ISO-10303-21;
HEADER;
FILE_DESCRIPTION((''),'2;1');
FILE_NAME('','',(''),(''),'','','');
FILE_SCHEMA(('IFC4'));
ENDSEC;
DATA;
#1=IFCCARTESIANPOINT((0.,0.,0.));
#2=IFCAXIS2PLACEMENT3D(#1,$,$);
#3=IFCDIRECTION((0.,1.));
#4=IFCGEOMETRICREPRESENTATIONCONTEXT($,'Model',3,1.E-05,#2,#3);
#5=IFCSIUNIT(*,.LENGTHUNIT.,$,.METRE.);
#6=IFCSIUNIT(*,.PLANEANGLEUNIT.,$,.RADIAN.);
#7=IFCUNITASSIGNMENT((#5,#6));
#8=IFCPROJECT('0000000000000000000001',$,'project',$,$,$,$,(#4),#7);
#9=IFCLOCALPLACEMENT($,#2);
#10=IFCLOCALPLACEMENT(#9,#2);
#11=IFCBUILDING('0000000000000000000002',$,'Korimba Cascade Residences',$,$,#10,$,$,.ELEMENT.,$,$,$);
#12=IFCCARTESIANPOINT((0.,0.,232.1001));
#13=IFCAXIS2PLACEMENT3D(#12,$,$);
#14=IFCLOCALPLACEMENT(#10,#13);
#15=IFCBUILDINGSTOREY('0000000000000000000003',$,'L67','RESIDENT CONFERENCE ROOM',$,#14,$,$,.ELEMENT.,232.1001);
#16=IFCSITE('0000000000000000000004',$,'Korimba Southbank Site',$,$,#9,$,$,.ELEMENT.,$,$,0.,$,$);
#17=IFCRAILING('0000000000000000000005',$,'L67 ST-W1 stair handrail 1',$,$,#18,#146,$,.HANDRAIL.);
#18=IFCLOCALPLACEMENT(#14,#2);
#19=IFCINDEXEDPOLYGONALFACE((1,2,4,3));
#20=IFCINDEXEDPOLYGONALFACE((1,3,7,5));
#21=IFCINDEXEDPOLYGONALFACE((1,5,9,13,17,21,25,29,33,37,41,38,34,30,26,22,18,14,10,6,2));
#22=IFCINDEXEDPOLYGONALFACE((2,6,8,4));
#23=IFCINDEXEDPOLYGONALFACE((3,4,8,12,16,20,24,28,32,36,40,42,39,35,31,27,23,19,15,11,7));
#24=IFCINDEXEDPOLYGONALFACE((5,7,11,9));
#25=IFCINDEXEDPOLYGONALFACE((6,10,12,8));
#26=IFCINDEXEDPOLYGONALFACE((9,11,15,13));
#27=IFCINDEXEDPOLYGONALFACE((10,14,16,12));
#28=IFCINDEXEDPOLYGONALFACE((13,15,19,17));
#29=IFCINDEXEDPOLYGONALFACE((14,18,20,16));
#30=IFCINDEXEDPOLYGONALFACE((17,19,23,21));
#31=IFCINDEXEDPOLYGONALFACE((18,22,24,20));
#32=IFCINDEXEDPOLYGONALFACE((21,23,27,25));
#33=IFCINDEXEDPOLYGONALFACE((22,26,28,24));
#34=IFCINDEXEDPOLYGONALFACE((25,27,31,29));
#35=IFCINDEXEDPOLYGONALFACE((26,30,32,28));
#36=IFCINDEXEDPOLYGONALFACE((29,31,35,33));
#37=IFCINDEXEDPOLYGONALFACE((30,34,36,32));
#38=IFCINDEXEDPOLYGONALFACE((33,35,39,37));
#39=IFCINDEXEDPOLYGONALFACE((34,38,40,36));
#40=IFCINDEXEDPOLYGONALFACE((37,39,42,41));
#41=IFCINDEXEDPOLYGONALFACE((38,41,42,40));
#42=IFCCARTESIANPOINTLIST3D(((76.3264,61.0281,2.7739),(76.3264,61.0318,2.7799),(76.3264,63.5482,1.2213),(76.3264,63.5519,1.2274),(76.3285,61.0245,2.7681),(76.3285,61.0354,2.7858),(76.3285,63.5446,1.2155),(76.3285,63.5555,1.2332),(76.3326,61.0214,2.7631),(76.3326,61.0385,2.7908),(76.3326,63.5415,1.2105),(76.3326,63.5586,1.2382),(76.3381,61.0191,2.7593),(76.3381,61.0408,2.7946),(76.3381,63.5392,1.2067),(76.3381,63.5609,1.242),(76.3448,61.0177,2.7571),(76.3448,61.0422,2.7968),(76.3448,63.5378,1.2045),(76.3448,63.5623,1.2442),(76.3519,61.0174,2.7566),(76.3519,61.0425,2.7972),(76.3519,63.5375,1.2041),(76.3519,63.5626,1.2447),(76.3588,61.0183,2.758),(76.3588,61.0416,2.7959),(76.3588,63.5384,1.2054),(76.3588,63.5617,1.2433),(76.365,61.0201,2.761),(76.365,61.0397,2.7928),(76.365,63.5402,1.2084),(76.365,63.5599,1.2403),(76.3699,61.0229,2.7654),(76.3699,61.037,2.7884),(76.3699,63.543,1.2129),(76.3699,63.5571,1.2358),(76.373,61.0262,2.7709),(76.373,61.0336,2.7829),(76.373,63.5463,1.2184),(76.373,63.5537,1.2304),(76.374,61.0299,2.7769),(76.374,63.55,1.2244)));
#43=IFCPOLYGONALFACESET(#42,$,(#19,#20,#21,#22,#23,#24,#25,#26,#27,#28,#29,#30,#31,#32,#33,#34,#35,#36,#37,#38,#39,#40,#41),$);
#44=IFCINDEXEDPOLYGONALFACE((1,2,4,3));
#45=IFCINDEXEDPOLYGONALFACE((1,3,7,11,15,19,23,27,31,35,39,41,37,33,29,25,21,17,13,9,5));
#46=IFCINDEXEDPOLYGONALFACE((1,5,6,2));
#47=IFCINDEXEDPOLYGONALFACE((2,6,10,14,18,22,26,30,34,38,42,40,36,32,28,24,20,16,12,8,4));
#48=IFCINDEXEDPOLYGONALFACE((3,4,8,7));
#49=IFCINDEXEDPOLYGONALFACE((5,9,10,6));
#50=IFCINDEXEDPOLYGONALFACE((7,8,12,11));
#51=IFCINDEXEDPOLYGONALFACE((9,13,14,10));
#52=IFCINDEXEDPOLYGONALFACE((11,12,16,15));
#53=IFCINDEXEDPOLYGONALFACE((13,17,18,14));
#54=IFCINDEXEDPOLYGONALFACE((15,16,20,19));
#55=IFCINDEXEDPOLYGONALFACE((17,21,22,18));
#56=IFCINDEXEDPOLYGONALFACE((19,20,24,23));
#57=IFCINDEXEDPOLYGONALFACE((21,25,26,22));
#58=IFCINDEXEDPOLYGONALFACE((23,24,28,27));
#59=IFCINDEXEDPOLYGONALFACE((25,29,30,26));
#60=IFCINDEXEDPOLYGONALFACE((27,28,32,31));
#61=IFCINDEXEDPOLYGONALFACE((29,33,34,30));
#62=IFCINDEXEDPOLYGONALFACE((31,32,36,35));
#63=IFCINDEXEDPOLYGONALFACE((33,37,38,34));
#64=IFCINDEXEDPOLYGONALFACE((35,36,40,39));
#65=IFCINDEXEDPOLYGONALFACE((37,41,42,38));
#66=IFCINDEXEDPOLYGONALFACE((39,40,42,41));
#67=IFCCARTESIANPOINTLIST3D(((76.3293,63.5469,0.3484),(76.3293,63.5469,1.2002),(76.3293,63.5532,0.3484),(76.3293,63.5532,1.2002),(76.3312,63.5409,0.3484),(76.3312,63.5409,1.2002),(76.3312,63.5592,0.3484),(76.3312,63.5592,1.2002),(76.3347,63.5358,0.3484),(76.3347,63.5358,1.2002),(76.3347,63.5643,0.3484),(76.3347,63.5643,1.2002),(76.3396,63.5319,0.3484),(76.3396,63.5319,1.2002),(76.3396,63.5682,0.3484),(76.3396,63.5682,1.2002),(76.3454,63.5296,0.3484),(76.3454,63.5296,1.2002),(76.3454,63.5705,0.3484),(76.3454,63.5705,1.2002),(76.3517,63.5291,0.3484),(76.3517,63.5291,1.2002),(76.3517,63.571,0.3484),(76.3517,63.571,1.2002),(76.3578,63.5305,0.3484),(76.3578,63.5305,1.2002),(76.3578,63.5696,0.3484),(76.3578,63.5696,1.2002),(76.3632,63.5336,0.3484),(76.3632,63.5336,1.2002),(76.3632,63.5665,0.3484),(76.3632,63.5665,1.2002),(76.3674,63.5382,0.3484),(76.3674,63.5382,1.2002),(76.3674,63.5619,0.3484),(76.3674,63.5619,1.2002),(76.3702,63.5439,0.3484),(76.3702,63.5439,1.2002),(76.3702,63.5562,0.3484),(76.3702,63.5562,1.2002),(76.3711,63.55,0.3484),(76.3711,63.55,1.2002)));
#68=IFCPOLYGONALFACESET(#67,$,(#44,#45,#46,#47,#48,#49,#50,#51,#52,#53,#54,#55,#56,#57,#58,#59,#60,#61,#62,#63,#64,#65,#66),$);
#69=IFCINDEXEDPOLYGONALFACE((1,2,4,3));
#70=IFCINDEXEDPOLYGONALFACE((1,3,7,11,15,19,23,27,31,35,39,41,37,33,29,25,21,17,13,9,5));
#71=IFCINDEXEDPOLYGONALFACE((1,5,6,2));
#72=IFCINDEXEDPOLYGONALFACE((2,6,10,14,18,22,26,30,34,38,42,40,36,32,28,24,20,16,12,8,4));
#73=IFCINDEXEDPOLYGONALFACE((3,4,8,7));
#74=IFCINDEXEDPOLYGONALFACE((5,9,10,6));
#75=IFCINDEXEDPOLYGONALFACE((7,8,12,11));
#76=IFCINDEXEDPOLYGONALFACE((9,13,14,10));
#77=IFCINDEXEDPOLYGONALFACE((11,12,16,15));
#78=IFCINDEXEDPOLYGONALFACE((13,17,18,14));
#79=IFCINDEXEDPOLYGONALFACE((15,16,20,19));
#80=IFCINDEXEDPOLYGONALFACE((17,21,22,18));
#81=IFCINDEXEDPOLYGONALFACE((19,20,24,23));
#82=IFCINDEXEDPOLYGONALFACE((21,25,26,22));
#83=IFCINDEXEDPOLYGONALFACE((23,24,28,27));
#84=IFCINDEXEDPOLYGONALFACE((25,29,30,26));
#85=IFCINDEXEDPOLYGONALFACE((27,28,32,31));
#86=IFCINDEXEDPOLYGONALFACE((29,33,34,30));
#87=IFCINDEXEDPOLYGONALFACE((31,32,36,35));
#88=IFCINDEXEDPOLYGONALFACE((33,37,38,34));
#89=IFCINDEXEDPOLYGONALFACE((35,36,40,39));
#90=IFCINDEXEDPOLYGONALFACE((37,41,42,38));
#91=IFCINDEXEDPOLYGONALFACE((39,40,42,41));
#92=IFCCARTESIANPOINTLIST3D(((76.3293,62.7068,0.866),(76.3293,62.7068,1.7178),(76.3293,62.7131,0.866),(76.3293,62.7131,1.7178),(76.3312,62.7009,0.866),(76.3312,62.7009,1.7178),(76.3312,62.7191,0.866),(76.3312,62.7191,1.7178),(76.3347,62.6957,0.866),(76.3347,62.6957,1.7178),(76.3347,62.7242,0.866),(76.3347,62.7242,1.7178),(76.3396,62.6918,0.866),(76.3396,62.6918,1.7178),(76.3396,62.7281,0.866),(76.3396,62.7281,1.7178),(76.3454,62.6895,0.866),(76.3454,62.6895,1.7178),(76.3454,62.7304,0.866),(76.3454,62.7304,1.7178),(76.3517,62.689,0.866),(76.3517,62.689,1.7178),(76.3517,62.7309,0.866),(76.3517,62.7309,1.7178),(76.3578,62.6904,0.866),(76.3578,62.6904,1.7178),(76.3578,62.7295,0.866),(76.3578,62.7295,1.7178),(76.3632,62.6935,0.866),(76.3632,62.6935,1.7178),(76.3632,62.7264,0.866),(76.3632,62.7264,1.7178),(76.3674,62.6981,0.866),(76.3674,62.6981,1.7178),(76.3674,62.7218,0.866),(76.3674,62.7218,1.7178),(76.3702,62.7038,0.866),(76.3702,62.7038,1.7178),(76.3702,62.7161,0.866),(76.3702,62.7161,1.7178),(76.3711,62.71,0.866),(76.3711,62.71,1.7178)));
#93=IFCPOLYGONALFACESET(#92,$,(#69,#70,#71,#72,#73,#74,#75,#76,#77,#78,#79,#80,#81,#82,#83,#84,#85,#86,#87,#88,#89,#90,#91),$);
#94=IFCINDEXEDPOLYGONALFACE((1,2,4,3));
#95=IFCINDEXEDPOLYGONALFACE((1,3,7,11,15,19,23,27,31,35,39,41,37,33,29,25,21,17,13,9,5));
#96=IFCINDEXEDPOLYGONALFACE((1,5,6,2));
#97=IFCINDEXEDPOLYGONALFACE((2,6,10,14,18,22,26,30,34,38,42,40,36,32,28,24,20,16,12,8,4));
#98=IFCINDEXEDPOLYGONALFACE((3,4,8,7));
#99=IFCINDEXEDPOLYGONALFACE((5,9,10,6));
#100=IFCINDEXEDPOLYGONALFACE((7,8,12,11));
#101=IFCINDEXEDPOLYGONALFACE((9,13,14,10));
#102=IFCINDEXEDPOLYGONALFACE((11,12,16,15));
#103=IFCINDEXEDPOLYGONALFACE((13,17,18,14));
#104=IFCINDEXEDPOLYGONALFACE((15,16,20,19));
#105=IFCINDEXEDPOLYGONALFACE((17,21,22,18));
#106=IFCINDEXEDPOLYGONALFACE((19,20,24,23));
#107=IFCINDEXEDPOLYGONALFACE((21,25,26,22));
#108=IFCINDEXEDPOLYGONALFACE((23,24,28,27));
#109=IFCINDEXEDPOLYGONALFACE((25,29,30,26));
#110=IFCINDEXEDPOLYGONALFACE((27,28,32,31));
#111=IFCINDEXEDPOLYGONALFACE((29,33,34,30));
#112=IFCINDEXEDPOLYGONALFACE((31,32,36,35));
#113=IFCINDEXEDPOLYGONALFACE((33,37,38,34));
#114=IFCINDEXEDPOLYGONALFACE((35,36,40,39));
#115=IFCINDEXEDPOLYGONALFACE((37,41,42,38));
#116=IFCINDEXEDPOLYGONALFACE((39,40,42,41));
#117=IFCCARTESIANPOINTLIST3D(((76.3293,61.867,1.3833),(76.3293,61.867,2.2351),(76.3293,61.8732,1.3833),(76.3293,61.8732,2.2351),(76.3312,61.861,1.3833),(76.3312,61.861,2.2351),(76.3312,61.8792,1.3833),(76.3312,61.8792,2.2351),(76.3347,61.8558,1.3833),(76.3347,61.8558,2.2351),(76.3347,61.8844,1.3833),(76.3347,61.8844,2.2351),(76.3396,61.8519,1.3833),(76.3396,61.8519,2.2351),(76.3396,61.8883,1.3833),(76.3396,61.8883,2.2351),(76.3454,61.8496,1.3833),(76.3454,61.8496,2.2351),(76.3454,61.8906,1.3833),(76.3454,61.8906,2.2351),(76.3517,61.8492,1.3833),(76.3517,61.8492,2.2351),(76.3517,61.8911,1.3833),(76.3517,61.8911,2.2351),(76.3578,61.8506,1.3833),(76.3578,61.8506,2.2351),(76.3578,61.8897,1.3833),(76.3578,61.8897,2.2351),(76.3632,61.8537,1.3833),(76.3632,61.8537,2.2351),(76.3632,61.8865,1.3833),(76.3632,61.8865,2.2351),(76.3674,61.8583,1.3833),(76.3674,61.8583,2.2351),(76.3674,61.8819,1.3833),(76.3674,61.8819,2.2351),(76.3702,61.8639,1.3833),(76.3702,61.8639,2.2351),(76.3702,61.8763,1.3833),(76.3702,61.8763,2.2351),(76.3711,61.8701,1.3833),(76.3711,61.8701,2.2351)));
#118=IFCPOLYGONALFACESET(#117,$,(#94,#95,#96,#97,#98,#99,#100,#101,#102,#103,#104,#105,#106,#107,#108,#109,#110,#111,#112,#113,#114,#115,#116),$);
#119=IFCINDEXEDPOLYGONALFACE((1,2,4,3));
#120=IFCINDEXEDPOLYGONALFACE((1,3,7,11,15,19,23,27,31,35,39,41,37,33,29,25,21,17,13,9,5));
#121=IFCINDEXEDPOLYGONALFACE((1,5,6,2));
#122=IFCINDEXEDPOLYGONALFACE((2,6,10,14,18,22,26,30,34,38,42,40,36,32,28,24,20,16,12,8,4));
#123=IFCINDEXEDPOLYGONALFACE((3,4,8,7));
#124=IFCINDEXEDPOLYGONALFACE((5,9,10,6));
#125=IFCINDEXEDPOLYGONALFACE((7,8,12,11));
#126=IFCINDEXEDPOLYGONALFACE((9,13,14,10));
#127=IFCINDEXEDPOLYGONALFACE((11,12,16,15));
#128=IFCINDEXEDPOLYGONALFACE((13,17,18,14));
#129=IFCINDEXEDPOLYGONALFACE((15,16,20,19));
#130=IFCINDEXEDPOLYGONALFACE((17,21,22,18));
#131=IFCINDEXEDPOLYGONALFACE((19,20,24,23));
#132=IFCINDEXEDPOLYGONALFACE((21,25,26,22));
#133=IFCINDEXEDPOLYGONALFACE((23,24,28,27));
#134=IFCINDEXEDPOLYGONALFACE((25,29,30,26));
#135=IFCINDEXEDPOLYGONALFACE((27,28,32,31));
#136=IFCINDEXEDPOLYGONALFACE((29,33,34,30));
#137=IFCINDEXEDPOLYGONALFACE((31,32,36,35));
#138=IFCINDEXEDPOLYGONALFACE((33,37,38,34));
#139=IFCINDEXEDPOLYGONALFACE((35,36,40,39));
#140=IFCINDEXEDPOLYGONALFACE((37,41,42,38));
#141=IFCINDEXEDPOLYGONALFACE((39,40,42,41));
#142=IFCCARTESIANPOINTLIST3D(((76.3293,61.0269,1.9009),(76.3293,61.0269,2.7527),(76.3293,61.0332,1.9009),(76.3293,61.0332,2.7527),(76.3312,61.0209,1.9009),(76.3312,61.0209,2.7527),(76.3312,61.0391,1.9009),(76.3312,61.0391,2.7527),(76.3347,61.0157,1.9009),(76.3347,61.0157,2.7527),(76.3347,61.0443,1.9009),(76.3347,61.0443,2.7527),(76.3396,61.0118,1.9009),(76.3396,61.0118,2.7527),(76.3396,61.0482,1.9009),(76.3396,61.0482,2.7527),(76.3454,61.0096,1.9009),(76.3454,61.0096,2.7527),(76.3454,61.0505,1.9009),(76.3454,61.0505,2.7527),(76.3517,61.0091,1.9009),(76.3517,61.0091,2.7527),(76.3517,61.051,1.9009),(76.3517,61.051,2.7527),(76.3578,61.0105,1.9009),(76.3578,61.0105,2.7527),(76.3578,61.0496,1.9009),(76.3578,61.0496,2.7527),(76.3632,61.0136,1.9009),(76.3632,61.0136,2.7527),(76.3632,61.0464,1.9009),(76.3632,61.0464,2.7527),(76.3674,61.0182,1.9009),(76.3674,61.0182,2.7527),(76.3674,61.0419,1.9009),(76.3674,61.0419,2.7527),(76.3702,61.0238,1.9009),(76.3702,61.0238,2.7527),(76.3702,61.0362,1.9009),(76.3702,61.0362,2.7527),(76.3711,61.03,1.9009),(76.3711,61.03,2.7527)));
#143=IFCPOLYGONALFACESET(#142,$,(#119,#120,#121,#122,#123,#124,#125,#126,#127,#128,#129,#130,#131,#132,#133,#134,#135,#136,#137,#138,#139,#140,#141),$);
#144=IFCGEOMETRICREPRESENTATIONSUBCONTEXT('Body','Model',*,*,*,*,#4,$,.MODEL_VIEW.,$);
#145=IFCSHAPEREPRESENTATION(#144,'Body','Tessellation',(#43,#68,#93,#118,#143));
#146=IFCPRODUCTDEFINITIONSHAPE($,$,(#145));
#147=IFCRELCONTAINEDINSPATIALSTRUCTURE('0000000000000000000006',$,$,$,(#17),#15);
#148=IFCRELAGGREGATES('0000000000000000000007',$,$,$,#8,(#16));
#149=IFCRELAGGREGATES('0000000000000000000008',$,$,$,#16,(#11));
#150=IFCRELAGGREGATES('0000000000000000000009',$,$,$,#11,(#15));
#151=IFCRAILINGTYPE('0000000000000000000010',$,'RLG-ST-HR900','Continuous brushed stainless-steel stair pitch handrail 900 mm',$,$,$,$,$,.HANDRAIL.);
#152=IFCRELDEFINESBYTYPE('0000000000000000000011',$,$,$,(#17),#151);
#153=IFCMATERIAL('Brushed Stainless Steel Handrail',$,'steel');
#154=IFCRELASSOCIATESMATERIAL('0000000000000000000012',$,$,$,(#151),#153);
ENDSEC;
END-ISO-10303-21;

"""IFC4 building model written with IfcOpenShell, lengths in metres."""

from ifc_helpers import new_model, si_unit, direction, frame, origin, origin_2d, place, context, subcontext, project, spatial, circle, extrude, material, type_object, element, save


model = new_model("IFC4")

# Units and contexts
model_context = context("Model", 3, precision=1e-05, world=origin(), true_north=direction((0.0, 1.0)))
body_context = subcontext(model_context, "Body", "Model", "MODEL_VIEW")
ifc_project = project(units=[si_unit("LENGTHUNIT", "METRE"), si_unit("PLANEANGLEUNIT", "RADIAN")], contexts=[model_context])

# Site, building, storey
site_placement = place(None, origin())
site = spatial("IfcSite", under=ifc_project, at=site_placement, Name="Korimba Southbank Site", CompositionType="ELEMENT", RefElevation=0.0)
building_placement = place(site_placement, origin())
building = spatial("IfcBuilding", under=site, at=building_placement, Name="Korimba Cascade Residences", CompositionType="ELEMENT")
storey_placement = place(building_placement, frame((0.0, 0.0, 232.1001)))
storey = spatial("IfcBuildingStorey", under=building, at=storey_placement, Name="L67", Description="RESIDENT CONFERENCE ROOM", CompositionType="ELEMENT", Elevation=232.1001)

# Railing
ifc_material_1 = material(Name="Brushed Stainless Steel Handrail", Category="steel")
railing_type_1 = type_object("IfcRailingType", Name="RLG-ST-HR900", Description="Continuous brushed stainless-steel stair pitch handrail 900 mm", PredefinedType="HANDRAIL", material=ifc_material_1)
railing_1_placement = place(storey_placement, frame((76.3501, 63.55, 0.3484)))
element("IfcRailing", 1, at=railing_1_placement, inside=storey, type_object=railing_type_1, Name="L67 ST-W1 stair handrail 1", PredefinedType="HANDRAIL", context=body_context, shape_type="SweptSolid", body=[
    extrude(circle(Radius=0.0239, at=origin_2d()), frame((0.0, 0.0, 0.876), z_axis=(0.0, -0.8514, 0.524516), x_axis=(1.0, 0.0, 0.0)), (0.0, 0.0, 1.0), 2.96),
    extrude(circle(Radius=0.021, at=origin_2d()), origin(), (0.0, 0.0, 1.0), 0.8518),
    extrude(circle(Radius=0.021, at=origin_2d()), frame((0.0, -0.8401, 0.5176)), (0.0, 0.0, 1.0), 0.8518),
    extrude(circle(Radius=0.021, at=origin_2d()), frame((0.0, -1.6799, 1.0349)), (0.0, 0.0, 1.0), 0.8518),
    extrude(circle(Radius=0.021, at=origin_2d()), frame((0.0, -2.52, 1.5525)), (0.0, 0.0, 1.0), 0.8518),
])

save(model, "model.ifc")
